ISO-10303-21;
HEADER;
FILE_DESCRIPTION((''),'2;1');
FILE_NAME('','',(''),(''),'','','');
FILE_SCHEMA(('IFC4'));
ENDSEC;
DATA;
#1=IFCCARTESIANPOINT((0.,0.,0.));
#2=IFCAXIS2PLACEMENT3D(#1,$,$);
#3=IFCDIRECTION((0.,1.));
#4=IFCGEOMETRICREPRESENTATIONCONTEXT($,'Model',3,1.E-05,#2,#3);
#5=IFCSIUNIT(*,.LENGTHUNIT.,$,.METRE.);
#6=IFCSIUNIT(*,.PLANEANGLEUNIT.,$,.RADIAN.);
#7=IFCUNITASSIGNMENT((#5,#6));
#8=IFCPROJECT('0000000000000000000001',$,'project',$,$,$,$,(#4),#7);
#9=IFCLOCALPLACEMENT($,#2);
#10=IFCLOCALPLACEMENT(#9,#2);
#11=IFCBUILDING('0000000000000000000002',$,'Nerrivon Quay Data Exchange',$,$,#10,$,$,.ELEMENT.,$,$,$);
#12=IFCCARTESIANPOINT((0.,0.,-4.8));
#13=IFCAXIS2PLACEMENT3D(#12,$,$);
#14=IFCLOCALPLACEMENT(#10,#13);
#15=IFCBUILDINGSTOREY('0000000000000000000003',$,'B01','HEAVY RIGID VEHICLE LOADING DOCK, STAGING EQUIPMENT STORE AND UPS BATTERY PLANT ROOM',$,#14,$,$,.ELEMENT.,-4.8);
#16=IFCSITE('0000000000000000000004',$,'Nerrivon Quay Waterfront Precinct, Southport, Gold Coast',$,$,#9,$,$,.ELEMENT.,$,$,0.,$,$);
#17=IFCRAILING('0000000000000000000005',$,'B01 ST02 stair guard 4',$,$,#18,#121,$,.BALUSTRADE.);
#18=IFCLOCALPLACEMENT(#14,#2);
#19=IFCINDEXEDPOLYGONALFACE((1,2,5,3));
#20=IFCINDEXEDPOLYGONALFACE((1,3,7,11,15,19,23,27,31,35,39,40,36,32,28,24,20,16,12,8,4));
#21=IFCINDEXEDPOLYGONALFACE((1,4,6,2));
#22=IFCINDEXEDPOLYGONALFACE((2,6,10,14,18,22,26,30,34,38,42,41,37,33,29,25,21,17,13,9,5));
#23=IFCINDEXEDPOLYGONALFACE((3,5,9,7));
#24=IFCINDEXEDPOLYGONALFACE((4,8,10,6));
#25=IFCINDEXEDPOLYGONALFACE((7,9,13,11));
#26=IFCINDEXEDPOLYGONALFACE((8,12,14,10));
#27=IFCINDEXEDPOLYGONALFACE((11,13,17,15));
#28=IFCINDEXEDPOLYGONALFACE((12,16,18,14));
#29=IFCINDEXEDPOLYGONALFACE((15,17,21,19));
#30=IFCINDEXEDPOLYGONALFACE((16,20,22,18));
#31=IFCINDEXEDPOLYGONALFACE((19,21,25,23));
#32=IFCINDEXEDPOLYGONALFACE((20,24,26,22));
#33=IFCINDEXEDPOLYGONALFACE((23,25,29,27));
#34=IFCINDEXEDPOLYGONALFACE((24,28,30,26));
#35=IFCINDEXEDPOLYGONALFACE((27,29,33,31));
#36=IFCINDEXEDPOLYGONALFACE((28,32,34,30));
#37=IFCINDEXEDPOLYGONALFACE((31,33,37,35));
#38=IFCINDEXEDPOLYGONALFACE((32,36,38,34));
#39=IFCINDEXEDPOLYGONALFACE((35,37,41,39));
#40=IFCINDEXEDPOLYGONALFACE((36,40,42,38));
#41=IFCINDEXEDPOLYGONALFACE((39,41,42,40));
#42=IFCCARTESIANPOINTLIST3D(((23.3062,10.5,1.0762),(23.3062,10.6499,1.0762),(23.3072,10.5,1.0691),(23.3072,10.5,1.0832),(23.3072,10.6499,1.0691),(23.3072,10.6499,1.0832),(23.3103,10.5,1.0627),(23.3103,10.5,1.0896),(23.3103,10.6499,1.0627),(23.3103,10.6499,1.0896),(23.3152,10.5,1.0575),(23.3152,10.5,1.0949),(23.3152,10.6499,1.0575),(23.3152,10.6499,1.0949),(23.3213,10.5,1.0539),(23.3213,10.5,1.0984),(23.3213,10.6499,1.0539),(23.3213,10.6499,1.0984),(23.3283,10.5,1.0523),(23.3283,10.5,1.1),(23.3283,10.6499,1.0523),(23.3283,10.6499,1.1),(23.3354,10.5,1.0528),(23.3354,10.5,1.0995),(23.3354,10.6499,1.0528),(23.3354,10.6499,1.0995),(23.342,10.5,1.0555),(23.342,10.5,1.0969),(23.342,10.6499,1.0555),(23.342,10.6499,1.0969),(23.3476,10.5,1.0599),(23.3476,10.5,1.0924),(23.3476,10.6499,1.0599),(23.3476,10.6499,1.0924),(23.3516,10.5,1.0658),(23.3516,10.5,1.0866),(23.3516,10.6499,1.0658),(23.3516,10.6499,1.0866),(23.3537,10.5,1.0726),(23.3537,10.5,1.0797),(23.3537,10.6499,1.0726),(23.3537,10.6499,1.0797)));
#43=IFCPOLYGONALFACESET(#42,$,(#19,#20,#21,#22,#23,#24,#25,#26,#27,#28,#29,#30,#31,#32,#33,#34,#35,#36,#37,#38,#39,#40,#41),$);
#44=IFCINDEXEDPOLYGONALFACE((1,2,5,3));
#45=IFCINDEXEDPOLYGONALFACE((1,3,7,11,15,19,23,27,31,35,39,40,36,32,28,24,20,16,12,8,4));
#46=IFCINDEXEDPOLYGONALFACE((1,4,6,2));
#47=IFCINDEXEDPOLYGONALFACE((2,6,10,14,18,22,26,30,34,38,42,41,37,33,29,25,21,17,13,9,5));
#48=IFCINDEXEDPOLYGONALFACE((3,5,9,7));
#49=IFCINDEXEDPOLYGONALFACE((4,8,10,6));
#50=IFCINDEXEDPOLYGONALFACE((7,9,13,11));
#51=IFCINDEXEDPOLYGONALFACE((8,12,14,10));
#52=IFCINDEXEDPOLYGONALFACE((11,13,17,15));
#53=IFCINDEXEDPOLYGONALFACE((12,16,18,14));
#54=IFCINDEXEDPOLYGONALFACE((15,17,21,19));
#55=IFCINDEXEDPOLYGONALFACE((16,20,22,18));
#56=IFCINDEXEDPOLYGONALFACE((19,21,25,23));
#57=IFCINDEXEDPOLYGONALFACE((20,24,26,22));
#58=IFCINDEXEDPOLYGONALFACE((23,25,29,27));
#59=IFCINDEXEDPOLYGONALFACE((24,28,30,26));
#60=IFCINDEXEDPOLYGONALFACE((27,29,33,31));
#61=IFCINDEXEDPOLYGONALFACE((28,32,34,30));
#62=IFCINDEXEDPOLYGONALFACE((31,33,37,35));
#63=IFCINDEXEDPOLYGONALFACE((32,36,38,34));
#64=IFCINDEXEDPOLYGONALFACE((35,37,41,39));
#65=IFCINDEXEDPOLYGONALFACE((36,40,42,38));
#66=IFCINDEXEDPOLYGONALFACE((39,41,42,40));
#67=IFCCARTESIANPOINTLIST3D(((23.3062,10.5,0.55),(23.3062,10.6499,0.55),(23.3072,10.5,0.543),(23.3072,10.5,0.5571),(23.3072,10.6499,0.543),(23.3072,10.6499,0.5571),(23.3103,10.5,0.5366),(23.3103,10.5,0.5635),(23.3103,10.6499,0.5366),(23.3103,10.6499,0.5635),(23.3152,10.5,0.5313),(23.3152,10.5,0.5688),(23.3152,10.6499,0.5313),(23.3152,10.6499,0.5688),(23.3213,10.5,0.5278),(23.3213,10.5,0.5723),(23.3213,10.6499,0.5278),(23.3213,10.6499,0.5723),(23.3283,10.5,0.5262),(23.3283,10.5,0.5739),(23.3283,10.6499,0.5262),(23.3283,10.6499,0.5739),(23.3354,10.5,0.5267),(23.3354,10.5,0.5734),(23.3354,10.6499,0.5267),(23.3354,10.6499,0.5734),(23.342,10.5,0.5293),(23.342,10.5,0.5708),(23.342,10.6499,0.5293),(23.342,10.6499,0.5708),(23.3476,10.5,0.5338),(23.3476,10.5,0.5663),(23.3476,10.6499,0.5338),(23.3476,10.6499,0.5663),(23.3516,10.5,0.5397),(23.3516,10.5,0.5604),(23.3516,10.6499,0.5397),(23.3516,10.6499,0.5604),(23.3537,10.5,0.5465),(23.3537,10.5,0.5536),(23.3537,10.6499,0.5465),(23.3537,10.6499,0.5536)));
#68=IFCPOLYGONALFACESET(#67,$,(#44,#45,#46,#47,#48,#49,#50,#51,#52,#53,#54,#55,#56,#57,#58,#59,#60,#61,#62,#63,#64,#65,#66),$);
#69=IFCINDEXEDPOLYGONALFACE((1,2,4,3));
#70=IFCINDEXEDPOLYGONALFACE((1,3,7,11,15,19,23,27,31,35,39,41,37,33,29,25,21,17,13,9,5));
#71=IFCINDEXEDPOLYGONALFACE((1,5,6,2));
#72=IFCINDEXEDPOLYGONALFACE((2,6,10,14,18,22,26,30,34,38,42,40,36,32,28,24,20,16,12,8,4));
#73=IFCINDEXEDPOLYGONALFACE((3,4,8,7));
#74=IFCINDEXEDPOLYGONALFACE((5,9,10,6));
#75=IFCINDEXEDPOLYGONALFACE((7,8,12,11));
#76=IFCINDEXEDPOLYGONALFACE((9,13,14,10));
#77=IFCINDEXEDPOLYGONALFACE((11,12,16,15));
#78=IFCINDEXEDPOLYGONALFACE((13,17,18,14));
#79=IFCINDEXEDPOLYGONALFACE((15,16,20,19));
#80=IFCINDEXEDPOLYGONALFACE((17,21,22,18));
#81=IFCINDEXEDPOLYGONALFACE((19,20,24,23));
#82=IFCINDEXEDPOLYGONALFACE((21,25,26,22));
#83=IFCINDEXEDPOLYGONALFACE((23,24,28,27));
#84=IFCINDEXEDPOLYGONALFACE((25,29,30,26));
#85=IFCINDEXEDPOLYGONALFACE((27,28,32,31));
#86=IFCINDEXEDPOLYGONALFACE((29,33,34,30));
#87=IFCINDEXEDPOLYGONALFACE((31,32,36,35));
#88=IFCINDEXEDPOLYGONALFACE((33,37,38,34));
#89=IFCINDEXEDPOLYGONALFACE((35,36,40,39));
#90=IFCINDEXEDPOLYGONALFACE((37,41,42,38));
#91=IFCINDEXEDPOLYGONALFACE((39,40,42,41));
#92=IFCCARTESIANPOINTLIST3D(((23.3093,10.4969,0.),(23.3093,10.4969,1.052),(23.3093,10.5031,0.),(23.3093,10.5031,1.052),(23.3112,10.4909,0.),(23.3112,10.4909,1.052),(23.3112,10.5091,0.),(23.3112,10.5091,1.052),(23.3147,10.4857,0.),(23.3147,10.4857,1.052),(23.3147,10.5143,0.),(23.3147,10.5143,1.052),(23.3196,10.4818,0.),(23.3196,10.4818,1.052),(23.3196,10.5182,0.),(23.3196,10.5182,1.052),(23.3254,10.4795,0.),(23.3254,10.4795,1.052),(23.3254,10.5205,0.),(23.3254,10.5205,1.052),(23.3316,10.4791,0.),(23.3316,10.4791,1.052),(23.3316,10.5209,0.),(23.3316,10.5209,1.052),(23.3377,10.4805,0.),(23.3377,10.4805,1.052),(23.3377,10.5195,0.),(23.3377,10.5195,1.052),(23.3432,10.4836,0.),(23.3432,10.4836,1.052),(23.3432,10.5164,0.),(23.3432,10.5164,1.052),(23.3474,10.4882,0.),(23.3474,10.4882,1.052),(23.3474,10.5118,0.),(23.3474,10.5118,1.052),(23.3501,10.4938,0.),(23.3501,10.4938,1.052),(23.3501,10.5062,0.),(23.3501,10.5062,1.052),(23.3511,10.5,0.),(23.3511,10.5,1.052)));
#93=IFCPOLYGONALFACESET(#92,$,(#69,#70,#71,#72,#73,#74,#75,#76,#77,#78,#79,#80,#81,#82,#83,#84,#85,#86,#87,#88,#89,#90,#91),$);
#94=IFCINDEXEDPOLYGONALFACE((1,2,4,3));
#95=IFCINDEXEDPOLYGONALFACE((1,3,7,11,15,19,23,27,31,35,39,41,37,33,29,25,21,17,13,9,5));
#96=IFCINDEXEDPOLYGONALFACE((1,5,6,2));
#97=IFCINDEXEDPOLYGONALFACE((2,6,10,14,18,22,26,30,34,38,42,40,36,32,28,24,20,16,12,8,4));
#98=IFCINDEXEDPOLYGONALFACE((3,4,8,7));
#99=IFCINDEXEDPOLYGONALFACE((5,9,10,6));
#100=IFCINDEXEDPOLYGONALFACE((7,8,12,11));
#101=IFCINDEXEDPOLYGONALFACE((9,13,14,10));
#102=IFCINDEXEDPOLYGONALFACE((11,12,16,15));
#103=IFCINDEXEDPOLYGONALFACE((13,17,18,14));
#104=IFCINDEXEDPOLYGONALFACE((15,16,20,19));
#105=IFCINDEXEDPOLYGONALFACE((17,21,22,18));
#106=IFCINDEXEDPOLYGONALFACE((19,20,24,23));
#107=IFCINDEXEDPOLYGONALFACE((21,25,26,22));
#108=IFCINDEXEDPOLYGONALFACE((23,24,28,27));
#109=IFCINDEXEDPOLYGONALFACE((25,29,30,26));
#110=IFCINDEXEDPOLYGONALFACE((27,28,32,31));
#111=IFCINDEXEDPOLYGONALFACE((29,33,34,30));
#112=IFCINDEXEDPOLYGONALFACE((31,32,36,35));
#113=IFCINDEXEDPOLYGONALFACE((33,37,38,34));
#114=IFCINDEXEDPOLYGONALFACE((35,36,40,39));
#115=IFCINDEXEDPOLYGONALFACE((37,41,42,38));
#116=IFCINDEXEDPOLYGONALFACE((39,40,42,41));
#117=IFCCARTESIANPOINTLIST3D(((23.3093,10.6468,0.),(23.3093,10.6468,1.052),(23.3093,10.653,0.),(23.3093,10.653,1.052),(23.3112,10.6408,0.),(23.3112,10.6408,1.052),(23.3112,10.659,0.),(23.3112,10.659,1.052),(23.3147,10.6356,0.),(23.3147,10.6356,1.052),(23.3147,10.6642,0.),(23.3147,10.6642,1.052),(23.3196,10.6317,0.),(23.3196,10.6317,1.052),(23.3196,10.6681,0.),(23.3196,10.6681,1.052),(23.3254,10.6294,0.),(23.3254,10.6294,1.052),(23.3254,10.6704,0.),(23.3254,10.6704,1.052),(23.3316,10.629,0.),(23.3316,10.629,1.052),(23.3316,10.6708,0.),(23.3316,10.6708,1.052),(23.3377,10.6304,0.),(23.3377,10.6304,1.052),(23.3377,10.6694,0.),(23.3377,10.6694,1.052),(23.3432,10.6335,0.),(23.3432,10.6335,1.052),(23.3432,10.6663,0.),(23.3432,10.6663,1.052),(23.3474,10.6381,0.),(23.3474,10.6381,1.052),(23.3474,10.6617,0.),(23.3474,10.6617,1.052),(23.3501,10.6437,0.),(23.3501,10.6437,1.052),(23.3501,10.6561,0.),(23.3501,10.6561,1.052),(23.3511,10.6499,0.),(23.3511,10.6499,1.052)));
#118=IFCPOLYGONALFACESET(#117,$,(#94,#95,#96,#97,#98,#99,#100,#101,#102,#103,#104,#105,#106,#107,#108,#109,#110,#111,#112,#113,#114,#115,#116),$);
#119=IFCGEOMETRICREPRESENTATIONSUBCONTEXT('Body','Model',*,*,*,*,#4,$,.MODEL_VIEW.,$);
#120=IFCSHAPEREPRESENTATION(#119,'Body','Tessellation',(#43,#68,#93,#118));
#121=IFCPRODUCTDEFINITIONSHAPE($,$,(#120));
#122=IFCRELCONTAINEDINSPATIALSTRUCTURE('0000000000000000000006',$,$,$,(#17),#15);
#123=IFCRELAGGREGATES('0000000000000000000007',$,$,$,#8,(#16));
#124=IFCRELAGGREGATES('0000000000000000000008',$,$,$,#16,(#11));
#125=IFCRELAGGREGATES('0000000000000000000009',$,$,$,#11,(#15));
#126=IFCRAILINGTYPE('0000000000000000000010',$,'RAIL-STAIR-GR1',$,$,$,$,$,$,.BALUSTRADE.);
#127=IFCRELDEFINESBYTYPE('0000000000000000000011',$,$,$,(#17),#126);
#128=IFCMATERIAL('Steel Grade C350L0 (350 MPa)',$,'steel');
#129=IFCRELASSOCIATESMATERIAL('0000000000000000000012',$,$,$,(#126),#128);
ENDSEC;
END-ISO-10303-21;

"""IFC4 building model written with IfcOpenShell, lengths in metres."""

from ifc_helpers import new_model, si_unit, direction, frame, origin, origin_2d, place, context, subcontext, project, spatial, circle, extrude, material, type_object, element, save


model = new_model("IFC4")

# Units and contexts
model_context = context("Model", 3, precision=1e-05, world=origin(), true_north=direction((0.0, 1.0)))
body_context = subcontext(model_context, "Body", "Model", "MODEL_VIEW")
ifc_project = project(units=[si_unit("LENGTHUNIT", "METRE"), si_unit("PLANEANGLEUNIT", "RADIAN")], contexts=[model_context])

# Site, building, storey
site_placement = place(None, origin())
site = spatial("IfcSite", under=ifc_project, at=site_placement, Name="Nerrivon Quay Waterfront Precinct, Southport, Gold Coast", CompositionType="ELEMENT", RefElevation=0.0)
building_placement = place(site_placement, origin())
building = spatial("IfcBuilding", under=site, at=building_placement, Name="Nerrivon Quay Data Exchange", CompositionType="ELEMENT")
storey_placement = place(building_placement, frame((0.0, 0.0, -4.8)))
storey = spatial("IfcBuildingStorey", under=building, at=storey_placement, Name="B01", Description="HEAVY RIGID VEHICLE LOADING DOCK, STAGING EQUIPMENT STORE AND UPS BATTERY PLANT ROOM", CompositionType="ELEMENT", Elevation=-4.8)

# Railing
ifc_material_1 = material(Name="Steel Grade C350L0 (350 MPa)", Category="steel")
railing_type_1 = type_object("IfcRailingType", Name="RAIL-STAIR-GR1", PredefinedType="BALUSTRADE", material=ifc_material_1)
railing_1_placement = place(storey_placement, frame((23.3301, 10.5, 0.0)))
element("IfcRailing", 1, at=railing_1_placement, inside=storey, type_object=railing_type_1, Name="B01 ST02 stair guard 4", PredefinedType="BALUSTRADE", context=body_context, shape_type="SweptSolid", body=[
    extrude(circle(Radius=0.0239, at=origin_2d()), frame((0.0, 0.0, 1.0762), z_axis=(0.0, 1.0, 0.0), x_axis=(-1.0, 0.0, 0.0)), (0.0, 0.0, 1.0), 0.1499),
    extrude(circle(Radius=0.0239, at=origin_2d()), frame((0.0, 0.0, 0.55), z_axis=(0.0, 1.0, 0.0), x_axis=(-1.0, 0.0, 0.0)), (0.0, 0.0, 1.0), 0.1499),
    extrude(circle(Radius=0.021, at=origin_2d()), origin(), (0.0, 0.0, 1.0), 1.052),
    extrude(circle(Radius=0.021, at=origin_2d()), frame((0.0, 0.1499, 0.0)), (0.0, 0.0, 1.0), 1.052),
])

save(model, "model.ifc")
